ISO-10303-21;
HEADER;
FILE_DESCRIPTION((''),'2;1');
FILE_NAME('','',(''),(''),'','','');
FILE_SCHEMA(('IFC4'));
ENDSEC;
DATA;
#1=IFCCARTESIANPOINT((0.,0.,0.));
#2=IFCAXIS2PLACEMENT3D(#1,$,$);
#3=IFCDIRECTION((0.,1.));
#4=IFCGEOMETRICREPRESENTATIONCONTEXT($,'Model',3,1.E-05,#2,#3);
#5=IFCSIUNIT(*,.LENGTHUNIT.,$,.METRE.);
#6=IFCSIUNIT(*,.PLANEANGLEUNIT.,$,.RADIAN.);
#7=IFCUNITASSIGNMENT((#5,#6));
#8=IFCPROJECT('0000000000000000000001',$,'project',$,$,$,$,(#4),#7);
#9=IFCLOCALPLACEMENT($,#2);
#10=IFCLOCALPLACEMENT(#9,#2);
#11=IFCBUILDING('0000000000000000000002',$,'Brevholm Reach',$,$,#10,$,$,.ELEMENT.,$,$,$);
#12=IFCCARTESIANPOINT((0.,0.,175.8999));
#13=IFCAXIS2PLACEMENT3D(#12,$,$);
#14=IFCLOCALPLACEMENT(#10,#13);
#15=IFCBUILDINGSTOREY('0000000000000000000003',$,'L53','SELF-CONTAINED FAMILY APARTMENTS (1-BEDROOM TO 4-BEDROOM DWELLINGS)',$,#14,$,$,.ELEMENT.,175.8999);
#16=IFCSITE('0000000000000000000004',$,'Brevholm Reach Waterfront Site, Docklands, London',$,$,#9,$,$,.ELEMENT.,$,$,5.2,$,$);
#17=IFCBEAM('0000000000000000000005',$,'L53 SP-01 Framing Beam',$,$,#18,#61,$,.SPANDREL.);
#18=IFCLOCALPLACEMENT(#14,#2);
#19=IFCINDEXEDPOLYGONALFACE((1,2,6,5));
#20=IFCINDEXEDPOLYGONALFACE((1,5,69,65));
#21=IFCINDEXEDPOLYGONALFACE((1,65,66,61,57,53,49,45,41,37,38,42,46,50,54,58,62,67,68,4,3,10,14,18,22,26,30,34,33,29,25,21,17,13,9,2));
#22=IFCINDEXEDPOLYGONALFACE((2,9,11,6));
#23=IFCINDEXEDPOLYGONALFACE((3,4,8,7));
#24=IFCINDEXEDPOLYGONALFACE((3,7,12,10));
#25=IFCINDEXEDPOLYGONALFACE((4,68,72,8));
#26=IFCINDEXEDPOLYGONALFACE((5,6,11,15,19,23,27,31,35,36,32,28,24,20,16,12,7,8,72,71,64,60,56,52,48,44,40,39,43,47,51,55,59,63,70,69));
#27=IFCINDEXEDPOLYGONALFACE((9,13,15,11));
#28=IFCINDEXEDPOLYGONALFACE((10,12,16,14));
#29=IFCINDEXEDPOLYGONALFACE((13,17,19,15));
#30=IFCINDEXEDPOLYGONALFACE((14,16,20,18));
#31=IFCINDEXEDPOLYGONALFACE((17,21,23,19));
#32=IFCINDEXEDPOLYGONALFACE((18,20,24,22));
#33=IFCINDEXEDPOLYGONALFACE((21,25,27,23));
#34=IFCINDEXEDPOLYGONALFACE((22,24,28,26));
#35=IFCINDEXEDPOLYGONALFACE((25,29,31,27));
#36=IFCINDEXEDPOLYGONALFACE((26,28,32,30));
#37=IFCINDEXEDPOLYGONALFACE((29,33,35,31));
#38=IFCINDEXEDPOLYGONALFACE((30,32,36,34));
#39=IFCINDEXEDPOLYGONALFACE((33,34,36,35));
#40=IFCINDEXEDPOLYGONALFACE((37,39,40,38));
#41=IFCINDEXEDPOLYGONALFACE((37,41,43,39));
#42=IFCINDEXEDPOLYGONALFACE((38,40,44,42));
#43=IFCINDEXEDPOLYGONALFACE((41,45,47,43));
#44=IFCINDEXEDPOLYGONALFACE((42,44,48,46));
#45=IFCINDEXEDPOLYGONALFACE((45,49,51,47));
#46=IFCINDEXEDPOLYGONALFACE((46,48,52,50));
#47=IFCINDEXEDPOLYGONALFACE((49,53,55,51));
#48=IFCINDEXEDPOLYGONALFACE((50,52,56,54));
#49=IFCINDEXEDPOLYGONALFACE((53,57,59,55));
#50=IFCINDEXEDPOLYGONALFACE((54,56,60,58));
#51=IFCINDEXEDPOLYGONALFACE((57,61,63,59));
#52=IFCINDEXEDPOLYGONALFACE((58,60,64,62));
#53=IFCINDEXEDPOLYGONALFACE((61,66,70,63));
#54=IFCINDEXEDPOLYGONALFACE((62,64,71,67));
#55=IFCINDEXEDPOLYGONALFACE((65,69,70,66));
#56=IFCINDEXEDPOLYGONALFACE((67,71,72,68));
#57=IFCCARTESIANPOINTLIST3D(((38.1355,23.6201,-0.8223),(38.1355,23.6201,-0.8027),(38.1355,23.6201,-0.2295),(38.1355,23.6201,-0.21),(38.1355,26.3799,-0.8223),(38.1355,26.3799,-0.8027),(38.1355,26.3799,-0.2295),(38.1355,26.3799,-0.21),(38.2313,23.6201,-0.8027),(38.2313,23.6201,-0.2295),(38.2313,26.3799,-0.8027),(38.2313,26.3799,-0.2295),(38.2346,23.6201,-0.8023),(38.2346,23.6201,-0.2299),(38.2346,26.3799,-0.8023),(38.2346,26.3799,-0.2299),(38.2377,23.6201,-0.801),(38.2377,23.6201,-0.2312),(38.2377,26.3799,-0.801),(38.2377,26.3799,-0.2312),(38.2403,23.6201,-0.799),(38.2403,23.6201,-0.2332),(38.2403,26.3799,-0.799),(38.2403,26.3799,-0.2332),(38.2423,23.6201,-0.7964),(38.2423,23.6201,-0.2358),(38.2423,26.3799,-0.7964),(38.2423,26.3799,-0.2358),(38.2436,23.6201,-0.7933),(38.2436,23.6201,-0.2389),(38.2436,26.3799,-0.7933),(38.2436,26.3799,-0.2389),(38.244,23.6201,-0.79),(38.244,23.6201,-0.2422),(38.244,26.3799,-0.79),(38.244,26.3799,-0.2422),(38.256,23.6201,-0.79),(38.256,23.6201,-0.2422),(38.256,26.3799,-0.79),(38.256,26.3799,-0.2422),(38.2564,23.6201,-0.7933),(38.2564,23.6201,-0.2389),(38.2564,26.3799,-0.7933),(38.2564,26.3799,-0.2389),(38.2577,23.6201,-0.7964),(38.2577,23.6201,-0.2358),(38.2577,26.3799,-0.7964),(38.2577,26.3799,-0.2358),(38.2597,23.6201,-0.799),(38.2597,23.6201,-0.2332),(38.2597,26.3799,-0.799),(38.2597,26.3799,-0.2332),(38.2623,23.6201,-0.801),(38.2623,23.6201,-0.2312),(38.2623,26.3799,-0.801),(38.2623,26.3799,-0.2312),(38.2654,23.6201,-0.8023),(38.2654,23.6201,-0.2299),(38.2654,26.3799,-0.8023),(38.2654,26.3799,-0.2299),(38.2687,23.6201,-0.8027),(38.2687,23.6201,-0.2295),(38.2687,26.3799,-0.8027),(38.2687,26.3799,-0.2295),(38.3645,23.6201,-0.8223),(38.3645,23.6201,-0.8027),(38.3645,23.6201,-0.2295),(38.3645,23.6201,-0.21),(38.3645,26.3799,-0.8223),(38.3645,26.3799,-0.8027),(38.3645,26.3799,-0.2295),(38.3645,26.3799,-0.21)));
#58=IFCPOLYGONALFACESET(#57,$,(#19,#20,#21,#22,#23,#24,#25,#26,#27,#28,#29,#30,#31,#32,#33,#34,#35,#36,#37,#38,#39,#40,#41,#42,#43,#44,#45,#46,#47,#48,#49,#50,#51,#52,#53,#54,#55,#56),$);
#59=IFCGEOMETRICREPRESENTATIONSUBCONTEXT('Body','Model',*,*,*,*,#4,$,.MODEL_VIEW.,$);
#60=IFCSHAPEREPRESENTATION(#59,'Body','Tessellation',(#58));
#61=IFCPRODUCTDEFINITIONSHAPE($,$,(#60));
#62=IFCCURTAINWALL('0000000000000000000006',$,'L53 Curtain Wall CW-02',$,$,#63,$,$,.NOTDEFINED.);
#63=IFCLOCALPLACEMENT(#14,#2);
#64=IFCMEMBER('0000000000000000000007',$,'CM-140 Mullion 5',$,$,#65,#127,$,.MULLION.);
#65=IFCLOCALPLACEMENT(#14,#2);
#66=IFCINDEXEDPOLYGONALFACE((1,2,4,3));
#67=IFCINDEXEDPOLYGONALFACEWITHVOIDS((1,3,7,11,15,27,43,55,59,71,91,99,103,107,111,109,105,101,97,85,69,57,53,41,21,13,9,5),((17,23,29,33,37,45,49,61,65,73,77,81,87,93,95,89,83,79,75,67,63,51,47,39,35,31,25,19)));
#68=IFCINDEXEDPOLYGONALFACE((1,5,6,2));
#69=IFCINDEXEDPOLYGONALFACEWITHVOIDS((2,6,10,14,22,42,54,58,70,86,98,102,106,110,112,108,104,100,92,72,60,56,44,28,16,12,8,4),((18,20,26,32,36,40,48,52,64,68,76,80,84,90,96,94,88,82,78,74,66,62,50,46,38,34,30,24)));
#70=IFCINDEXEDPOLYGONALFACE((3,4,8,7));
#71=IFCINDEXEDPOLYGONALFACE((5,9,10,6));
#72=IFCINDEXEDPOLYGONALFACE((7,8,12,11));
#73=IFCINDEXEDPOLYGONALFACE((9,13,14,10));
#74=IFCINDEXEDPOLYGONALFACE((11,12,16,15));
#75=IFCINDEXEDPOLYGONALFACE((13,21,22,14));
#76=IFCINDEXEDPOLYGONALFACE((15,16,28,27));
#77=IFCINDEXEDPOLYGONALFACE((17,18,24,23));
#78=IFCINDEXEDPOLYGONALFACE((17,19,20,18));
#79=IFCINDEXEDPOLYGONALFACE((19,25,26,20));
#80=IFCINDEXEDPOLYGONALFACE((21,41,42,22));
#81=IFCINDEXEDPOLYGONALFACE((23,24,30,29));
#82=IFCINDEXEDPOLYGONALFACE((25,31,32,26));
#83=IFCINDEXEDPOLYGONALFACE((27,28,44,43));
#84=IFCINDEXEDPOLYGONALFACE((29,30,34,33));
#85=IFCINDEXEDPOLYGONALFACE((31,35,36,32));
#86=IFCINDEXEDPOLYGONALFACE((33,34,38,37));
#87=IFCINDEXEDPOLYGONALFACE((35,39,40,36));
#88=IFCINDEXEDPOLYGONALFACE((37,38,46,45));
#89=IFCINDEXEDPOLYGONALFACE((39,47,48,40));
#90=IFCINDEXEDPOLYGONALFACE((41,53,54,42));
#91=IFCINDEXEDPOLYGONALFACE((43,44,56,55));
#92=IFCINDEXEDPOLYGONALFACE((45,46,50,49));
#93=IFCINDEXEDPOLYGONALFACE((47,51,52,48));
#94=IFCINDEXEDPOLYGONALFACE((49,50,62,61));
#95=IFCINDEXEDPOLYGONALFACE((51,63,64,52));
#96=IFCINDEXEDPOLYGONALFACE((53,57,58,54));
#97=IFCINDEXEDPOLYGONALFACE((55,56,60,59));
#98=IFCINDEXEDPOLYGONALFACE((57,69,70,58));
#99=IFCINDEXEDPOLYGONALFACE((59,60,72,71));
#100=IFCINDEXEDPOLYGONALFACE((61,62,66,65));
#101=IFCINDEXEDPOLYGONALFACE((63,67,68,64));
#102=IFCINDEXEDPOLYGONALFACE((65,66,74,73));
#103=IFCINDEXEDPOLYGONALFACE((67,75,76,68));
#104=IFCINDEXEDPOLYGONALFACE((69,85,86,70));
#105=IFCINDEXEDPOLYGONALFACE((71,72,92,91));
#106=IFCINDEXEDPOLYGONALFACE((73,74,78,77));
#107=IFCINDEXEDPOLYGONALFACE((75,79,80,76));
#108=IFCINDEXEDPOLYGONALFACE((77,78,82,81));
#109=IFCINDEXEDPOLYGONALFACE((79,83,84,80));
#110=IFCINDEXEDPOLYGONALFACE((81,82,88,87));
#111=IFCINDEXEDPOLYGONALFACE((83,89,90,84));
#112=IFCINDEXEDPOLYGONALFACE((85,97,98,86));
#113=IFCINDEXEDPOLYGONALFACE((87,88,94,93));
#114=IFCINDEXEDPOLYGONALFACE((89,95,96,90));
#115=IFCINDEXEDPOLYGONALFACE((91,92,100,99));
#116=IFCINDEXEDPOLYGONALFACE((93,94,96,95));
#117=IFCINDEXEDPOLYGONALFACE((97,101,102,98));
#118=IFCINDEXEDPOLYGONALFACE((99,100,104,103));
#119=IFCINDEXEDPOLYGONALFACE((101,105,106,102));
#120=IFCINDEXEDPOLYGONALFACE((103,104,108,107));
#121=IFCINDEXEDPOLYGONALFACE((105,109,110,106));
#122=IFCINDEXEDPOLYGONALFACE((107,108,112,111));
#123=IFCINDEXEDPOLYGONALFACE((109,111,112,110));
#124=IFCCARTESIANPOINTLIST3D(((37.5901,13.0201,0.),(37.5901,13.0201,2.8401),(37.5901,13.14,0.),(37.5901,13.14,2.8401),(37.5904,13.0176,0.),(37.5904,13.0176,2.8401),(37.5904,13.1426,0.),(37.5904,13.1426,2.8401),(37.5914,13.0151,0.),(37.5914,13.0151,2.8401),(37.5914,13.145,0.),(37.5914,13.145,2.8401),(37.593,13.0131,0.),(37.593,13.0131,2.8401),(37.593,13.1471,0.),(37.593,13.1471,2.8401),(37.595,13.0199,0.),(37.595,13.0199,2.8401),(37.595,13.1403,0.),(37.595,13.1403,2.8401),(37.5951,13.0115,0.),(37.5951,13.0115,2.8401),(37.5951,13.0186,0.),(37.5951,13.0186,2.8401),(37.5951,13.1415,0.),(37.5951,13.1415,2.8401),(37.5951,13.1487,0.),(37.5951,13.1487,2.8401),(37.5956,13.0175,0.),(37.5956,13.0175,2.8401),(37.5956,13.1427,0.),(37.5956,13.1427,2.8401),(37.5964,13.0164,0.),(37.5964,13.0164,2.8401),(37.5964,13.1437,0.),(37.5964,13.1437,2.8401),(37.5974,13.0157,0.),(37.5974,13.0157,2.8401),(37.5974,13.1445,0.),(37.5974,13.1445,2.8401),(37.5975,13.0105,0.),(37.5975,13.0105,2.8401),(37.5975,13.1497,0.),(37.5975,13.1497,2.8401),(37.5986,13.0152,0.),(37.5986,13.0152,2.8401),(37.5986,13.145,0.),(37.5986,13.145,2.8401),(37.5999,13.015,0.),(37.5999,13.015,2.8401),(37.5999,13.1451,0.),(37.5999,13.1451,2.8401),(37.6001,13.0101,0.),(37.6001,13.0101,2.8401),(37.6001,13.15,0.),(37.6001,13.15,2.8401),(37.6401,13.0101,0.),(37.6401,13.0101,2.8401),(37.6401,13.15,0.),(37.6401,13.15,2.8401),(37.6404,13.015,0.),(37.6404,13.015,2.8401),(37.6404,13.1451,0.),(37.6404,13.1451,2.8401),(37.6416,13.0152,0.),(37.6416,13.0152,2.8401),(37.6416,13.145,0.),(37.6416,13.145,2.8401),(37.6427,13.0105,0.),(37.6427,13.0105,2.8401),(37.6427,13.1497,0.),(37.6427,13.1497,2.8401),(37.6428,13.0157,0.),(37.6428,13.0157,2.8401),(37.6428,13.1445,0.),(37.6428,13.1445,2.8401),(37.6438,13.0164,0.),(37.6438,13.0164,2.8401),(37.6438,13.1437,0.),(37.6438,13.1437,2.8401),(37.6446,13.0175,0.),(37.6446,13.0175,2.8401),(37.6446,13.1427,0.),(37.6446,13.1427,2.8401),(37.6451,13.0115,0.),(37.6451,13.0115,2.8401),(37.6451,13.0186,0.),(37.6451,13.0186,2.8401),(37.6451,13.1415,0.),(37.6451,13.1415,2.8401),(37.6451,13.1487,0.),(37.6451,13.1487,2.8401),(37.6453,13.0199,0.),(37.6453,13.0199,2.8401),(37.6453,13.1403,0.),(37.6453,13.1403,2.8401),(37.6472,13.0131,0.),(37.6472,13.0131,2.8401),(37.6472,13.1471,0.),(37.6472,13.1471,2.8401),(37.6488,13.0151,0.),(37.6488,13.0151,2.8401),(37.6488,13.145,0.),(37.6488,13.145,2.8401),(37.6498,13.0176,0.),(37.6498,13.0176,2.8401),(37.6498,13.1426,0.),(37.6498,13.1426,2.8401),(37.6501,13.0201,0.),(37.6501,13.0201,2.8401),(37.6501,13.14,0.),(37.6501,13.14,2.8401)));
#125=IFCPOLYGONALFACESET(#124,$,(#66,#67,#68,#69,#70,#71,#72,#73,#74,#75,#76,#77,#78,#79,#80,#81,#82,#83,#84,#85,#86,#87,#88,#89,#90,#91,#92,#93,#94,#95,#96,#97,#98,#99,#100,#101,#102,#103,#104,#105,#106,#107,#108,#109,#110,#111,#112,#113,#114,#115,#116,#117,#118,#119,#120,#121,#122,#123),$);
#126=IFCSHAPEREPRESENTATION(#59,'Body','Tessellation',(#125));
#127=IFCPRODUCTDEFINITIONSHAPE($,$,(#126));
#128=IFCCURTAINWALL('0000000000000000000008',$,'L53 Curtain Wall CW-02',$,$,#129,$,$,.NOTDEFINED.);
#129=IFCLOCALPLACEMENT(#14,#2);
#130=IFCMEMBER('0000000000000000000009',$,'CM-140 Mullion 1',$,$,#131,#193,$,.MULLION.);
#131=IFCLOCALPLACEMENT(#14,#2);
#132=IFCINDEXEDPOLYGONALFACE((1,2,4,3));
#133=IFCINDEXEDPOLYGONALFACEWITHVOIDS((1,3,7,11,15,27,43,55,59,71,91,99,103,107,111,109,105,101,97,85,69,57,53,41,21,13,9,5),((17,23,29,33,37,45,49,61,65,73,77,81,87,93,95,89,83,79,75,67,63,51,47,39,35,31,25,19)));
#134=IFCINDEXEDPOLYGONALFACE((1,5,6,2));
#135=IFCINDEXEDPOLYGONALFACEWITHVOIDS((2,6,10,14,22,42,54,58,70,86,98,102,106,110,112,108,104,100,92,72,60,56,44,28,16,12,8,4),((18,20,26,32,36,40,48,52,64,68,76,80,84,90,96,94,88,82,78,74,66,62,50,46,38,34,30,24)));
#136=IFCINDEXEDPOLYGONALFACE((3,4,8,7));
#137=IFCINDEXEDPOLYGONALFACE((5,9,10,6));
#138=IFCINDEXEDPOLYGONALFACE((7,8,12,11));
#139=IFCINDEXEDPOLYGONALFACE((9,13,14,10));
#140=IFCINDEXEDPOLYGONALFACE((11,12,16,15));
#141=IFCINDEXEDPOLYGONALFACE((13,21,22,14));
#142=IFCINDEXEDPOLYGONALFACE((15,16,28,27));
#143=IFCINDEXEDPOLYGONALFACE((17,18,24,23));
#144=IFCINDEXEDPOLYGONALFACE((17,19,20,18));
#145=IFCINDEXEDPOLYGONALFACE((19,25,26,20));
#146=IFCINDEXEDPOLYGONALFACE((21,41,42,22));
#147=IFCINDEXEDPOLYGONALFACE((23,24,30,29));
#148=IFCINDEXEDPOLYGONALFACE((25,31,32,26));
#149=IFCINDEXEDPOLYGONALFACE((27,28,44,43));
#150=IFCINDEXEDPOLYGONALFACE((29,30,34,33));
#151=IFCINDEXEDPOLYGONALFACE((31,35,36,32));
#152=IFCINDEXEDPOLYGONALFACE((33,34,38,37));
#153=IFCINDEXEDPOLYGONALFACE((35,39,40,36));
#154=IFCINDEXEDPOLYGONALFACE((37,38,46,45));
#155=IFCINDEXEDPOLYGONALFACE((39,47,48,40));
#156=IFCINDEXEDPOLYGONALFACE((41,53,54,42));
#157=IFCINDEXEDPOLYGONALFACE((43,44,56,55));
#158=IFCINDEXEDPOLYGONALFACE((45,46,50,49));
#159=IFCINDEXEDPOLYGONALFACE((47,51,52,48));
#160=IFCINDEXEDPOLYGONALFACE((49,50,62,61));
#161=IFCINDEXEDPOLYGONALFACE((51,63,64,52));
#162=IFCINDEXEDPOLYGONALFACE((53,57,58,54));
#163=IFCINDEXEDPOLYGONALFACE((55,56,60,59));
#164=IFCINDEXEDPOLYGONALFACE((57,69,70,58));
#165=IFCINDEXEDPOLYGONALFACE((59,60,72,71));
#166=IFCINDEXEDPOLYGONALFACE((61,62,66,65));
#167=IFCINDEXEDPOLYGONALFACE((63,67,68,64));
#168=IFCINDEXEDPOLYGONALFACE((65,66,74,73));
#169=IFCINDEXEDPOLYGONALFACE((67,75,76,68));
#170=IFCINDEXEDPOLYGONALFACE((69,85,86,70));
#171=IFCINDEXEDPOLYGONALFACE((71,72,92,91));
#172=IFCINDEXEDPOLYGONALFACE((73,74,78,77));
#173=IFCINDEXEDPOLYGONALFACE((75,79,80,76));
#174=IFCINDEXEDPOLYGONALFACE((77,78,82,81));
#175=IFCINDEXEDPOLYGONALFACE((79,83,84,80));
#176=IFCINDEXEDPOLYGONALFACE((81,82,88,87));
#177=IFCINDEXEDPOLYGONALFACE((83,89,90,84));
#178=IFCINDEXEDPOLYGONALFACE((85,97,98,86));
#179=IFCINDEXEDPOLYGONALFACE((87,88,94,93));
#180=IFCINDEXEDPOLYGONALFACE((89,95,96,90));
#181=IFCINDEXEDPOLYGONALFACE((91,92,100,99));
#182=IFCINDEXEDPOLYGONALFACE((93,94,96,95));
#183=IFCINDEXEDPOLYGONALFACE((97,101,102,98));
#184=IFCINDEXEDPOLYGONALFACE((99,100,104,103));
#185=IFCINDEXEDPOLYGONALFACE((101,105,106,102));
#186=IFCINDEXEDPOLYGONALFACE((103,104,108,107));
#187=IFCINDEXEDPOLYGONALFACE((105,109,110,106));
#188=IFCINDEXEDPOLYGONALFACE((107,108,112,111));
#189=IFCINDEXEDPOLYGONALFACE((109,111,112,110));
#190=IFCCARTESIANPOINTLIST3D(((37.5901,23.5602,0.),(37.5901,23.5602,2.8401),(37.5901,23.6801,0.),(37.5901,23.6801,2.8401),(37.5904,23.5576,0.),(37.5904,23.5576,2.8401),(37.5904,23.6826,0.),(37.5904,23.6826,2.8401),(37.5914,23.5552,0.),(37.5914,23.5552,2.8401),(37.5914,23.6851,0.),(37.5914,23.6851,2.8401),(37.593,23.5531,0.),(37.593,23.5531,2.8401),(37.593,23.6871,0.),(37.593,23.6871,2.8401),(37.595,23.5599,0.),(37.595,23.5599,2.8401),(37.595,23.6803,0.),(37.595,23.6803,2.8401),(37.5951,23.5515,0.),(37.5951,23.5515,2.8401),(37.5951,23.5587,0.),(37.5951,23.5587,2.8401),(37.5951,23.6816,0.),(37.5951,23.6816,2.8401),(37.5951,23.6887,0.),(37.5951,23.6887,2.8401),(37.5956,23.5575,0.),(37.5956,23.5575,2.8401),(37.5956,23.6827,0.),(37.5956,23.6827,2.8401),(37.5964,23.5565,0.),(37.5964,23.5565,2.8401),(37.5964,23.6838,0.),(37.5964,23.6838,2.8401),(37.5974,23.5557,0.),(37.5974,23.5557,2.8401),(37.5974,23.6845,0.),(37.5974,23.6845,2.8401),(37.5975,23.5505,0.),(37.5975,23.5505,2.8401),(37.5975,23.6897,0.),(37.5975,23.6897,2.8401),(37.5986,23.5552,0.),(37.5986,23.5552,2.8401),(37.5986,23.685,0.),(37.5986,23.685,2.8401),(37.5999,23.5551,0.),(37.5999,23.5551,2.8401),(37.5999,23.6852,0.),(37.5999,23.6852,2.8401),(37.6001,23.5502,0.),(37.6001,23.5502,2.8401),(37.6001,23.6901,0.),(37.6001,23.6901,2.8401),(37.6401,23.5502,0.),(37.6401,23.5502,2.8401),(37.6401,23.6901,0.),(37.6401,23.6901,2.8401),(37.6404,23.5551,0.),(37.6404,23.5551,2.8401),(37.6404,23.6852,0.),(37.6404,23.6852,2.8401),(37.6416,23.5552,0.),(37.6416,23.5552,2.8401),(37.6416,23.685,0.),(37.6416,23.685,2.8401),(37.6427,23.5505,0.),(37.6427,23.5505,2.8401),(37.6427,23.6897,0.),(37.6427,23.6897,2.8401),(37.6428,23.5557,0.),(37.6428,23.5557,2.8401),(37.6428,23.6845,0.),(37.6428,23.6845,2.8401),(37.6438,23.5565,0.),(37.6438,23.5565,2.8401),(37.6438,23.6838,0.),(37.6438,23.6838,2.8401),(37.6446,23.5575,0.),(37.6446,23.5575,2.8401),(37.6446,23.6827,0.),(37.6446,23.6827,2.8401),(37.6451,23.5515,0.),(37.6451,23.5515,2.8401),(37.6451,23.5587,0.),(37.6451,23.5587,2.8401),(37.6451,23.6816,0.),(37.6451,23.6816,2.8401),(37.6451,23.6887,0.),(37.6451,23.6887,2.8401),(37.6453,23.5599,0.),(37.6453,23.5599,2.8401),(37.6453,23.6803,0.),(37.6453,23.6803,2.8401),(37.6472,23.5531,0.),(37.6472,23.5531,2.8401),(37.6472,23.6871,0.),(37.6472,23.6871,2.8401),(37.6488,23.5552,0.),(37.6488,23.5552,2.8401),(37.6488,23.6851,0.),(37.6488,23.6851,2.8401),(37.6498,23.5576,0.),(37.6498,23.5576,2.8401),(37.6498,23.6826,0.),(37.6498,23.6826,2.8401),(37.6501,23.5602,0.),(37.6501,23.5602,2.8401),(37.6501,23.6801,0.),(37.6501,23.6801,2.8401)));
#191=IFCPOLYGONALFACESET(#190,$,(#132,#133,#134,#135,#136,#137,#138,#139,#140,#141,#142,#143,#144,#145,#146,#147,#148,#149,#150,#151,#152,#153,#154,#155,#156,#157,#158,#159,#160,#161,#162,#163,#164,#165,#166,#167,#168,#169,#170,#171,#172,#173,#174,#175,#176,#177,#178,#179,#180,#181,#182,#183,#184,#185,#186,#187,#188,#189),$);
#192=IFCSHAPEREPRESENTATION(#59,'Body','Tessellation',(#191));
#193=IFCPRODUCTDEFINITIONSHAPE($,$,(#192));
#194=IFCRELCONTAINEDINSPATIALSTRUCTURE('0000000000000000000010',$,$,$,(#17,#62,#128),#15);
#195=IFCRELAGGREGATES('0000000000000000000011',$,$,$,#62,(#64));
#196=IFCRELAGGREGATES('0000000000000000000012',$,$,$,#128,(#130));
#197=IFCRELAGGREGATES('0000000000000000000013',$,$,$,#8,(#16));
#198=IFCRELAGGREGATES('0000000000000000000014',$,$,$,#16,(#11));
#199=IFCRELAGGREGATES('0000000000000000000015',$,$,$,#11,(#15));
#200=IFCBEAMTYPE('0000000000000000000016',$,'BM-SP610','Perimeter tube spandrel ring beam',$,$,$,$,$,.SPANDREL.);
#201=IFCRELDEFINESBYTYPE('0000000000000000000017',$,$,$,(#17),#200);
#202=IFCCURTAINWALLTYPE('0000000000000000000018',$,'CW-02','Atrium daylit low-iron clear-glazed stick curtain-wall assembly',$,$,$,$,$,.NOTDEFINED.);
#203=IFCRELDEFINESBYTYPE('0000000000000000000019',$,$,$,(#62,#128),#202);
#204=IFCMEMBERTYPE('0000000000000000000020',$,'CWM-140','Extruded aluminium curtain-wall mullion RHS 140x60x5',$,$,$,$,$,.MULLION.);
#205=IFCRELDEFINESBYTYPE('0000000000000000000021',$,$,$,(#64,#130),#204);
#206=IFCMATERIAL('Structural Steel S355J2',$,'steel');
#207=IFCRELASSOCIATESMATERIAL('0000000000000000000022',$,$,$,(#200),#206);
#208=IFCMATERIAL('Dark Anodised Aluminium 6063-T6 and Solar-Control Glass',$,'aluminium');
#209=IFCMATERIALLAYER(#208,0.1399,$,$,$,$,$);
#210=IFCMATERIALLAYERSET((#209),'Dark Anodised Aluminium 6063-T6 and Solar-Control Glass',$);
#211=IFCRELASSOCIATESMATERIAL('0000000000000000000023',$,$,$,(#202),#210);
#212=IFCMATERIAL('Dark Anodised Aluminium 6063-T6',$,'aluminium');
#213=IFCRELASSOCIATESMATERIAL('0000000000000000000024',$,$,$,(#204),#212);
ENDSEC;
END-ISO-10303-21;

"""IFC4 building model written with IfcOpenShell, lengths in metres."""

from ifc_helpers import new_model, si_unit, direction, frame, origin, origin_2d, place, context, subcontext, project, spatial, hollow_rectangle, i_section, extrude, material, layer, layer_set, material_profile, profile_set, type_object, element, aggregate, save


model = new_model("IFC4")

# Units and contexts
model_context = context("Model", 3, precision=1e-05, world=origin(), true_north=direction((0.0, 1.0)))
body_context = subcontext(model_context, "Body", "Model", "MODEL_VIEW")
ifc_project = project(units=[si_unit("LENGTHUNIT", "METRE"), si_unit("PLANEANGLEUNIT", "RADIAN")], contexts=[model_context])

# Site, building, storey
site_placement = place(None, origin())
site = spatial("IfcSite", under=ifc_project, at=site_placement, Name="Brevholm Reach Waterfront Site, Docklands, London", CompositionType="ELEMENT", RefElevation=5.2)
building_placement = place(site_placement, origin())
building = spatial("IfcBuilding", under=site, at=building_placement, Name="Brevholm Reach", CompositionType="ELEMENT")
storey_placement = place(building_placement, frame((0.0, 0.0, 175.8999)))
storey = spatial("IfcBuildingStorey", under=building, at=storey_placement, Name="L53", Description="SELF-CONTAINED FAMILY APARTMENTS (1-BEDROOM TO 4-BEDROOM DWELLINGS)", CompositionType="ELEMENT", Elevation=175.8999)

# Beam
ifc_material_1 = material(Name="Structural Steel S355J2", Category="steel")
ifc_material_profile_1 = material_profile(ifc_material_1, i_section(OverallWidth=0.229, OverallDepth=0.6123, WebThickness=0.012, FlangeThickness=0.0195, FilletRadius=0.0127, at=origin_2d()), Name="UKB 610x229x125")
ifc_profile_set_1 = profile_set([ifc_material_profile_1], Name="Structural Steel S355J2")
beam_type = type_object("IfcBeamType", Name="BM-SP610", Description="Perimeter tube spandrel ring beam", PredefinedType="SPANDREL", material=ifc_profile_set_1)
beam_1_placement = place(storey_placement, frame((38.25, 23.6201, -0.5161), z_axis=(0.0, 1.0, 0.0), x_axis=(-1.0, 0.0, 0.0)))
element("IfcBeam", 1, at=beam_1_placement, inside=storey, type_object=beam_type, Name="L53 SP-01 Framing Beam", PredefinedType="SPANDREL", context=body_context, shape_type="SweptSolid", body=[
    extrude(i_section(OverallWidth=0.229, OverallDepth=0.6123, WebThickness=0.012, FlangeThickness=0.0195, FilletRadius=0.0127, at=origin_2d()), origin(), (0.0, 0.0, 1.0), 2.7598),
])

# Curtain wall, member
ifc_material_2 = material(Name="Dark Anodised Aluminium 6063-T6 and Solar-Control Glass", Category="aluminium")
ifc_layer_1 = layer(ifc_material_2, 0.1399)
ifc_layer_set_1 = layer_set([ifc_layer_1], Name="Dark Anodised Aluminium 6063-T6 and Solar-Control Glass")
curtain_wall_type_1 = type_object("IfcCurtainWallType", Name="CW-02", Description="Atrium daylit low-iron clear-glazed stick curtain-wall assembly", PredefinedType="NOTDEFINED", material=ifc_layer_set_1)
curtain_wall_1_placement = place(storey_placement, origin())
curtain_wall_1 = element("IfcCurtainWall", 2, at=curtain_wall_1_placement, inside=storey, type_object=curtain_wall_type_1, Name="L53 Curtain Wall CW-02", PredefinedType="NOTDEFINED")
ifc_material_3 = material(Name="Dark Anodised Aluminium 6063-T6", Category="aluminium")
ifc_material_profile_2 = material_profile(ifc_material_3, hollow_rectangle(XDim=0.0601, YDim=0.1399, WallThickness=0.0049, InnerFilletRadius=0.0049, OuterFilletRadius=0.01, at=origin_2d()), Name="RHS 140x60x5")
ifc_profile_set_2 = profile_set([ifc_material_profile_2], Name="Dark Anodised Aluminium 6063-T6")
member_type_1 = type_object("IfcMemberType", Name="CWM-140", Description="Extruded aluminium curtain-wall mullion RHS 140x60x5", PredefinedType="MULLION", material=ifc_profile_set_2)
member_1_placement = place(storey_placement, frame((37.6201, 13.0801, 0.0), z_axis=(0.0, 0.0, 1.0), x_axis=(1.0, 0.0, 0.0)))
member_1 = element("IfcMember", 3, at=member_1_placement, type_object=member_type_1, Name="CM-140 Mullion 5", PredefinedType="MULLION", context=body_context, shape_type="SweptSolid", body=[
    extrude(hollow_rectangle(XDim=0.0601, YDim=0.1399, WallThickness=0.0049, InnerFilletRadius=0.0049, OuterFilletRadius=0.01, at=origin_2d()), origin(), (0.0, 0.0, 1.0), 2.8401),
])

# Curtain wall, member
curtain_wall_2_placement = place(storey_placement, origin())
curtain_wall_2 = element("IfcCurtainWall", 4, at=curtain_wall_2_placement, inside=storey, type_object=curtain_wall_type_1, Name="L53 Curtain Wall CW-02", PredefinedType="NOTDEFINED")
member_2_placement = place(storey_placement, frame((37.6201, 23.6201, 0.0), z_axis=(0.0, 0.0, 1.0), x_axis=(-1.0, 0.0, 0.0)))
member_2 = element("IfcMember", 5, at=member_2_placement, type_object=member_type_1, Name="CM-140 Mullion 1", PredefinedType="MULLION", context=body_context, shape_type="SweptSolid", body=[
    extrude(hollow_rectangle(XDim=0.0601, YDim=0.1399, WallThickness=0.0049, InnerFilletRadius=0.0049, OuterFilletRadius=0.01, at=origin_2d()), origin(), (0.0, 0.0, 1.0), 2.8401),
])

aggregate(curtain_wall_1, [member_1])
aggregate(curtain_wall_2, [member_2])

save(model, "model.ifc")
